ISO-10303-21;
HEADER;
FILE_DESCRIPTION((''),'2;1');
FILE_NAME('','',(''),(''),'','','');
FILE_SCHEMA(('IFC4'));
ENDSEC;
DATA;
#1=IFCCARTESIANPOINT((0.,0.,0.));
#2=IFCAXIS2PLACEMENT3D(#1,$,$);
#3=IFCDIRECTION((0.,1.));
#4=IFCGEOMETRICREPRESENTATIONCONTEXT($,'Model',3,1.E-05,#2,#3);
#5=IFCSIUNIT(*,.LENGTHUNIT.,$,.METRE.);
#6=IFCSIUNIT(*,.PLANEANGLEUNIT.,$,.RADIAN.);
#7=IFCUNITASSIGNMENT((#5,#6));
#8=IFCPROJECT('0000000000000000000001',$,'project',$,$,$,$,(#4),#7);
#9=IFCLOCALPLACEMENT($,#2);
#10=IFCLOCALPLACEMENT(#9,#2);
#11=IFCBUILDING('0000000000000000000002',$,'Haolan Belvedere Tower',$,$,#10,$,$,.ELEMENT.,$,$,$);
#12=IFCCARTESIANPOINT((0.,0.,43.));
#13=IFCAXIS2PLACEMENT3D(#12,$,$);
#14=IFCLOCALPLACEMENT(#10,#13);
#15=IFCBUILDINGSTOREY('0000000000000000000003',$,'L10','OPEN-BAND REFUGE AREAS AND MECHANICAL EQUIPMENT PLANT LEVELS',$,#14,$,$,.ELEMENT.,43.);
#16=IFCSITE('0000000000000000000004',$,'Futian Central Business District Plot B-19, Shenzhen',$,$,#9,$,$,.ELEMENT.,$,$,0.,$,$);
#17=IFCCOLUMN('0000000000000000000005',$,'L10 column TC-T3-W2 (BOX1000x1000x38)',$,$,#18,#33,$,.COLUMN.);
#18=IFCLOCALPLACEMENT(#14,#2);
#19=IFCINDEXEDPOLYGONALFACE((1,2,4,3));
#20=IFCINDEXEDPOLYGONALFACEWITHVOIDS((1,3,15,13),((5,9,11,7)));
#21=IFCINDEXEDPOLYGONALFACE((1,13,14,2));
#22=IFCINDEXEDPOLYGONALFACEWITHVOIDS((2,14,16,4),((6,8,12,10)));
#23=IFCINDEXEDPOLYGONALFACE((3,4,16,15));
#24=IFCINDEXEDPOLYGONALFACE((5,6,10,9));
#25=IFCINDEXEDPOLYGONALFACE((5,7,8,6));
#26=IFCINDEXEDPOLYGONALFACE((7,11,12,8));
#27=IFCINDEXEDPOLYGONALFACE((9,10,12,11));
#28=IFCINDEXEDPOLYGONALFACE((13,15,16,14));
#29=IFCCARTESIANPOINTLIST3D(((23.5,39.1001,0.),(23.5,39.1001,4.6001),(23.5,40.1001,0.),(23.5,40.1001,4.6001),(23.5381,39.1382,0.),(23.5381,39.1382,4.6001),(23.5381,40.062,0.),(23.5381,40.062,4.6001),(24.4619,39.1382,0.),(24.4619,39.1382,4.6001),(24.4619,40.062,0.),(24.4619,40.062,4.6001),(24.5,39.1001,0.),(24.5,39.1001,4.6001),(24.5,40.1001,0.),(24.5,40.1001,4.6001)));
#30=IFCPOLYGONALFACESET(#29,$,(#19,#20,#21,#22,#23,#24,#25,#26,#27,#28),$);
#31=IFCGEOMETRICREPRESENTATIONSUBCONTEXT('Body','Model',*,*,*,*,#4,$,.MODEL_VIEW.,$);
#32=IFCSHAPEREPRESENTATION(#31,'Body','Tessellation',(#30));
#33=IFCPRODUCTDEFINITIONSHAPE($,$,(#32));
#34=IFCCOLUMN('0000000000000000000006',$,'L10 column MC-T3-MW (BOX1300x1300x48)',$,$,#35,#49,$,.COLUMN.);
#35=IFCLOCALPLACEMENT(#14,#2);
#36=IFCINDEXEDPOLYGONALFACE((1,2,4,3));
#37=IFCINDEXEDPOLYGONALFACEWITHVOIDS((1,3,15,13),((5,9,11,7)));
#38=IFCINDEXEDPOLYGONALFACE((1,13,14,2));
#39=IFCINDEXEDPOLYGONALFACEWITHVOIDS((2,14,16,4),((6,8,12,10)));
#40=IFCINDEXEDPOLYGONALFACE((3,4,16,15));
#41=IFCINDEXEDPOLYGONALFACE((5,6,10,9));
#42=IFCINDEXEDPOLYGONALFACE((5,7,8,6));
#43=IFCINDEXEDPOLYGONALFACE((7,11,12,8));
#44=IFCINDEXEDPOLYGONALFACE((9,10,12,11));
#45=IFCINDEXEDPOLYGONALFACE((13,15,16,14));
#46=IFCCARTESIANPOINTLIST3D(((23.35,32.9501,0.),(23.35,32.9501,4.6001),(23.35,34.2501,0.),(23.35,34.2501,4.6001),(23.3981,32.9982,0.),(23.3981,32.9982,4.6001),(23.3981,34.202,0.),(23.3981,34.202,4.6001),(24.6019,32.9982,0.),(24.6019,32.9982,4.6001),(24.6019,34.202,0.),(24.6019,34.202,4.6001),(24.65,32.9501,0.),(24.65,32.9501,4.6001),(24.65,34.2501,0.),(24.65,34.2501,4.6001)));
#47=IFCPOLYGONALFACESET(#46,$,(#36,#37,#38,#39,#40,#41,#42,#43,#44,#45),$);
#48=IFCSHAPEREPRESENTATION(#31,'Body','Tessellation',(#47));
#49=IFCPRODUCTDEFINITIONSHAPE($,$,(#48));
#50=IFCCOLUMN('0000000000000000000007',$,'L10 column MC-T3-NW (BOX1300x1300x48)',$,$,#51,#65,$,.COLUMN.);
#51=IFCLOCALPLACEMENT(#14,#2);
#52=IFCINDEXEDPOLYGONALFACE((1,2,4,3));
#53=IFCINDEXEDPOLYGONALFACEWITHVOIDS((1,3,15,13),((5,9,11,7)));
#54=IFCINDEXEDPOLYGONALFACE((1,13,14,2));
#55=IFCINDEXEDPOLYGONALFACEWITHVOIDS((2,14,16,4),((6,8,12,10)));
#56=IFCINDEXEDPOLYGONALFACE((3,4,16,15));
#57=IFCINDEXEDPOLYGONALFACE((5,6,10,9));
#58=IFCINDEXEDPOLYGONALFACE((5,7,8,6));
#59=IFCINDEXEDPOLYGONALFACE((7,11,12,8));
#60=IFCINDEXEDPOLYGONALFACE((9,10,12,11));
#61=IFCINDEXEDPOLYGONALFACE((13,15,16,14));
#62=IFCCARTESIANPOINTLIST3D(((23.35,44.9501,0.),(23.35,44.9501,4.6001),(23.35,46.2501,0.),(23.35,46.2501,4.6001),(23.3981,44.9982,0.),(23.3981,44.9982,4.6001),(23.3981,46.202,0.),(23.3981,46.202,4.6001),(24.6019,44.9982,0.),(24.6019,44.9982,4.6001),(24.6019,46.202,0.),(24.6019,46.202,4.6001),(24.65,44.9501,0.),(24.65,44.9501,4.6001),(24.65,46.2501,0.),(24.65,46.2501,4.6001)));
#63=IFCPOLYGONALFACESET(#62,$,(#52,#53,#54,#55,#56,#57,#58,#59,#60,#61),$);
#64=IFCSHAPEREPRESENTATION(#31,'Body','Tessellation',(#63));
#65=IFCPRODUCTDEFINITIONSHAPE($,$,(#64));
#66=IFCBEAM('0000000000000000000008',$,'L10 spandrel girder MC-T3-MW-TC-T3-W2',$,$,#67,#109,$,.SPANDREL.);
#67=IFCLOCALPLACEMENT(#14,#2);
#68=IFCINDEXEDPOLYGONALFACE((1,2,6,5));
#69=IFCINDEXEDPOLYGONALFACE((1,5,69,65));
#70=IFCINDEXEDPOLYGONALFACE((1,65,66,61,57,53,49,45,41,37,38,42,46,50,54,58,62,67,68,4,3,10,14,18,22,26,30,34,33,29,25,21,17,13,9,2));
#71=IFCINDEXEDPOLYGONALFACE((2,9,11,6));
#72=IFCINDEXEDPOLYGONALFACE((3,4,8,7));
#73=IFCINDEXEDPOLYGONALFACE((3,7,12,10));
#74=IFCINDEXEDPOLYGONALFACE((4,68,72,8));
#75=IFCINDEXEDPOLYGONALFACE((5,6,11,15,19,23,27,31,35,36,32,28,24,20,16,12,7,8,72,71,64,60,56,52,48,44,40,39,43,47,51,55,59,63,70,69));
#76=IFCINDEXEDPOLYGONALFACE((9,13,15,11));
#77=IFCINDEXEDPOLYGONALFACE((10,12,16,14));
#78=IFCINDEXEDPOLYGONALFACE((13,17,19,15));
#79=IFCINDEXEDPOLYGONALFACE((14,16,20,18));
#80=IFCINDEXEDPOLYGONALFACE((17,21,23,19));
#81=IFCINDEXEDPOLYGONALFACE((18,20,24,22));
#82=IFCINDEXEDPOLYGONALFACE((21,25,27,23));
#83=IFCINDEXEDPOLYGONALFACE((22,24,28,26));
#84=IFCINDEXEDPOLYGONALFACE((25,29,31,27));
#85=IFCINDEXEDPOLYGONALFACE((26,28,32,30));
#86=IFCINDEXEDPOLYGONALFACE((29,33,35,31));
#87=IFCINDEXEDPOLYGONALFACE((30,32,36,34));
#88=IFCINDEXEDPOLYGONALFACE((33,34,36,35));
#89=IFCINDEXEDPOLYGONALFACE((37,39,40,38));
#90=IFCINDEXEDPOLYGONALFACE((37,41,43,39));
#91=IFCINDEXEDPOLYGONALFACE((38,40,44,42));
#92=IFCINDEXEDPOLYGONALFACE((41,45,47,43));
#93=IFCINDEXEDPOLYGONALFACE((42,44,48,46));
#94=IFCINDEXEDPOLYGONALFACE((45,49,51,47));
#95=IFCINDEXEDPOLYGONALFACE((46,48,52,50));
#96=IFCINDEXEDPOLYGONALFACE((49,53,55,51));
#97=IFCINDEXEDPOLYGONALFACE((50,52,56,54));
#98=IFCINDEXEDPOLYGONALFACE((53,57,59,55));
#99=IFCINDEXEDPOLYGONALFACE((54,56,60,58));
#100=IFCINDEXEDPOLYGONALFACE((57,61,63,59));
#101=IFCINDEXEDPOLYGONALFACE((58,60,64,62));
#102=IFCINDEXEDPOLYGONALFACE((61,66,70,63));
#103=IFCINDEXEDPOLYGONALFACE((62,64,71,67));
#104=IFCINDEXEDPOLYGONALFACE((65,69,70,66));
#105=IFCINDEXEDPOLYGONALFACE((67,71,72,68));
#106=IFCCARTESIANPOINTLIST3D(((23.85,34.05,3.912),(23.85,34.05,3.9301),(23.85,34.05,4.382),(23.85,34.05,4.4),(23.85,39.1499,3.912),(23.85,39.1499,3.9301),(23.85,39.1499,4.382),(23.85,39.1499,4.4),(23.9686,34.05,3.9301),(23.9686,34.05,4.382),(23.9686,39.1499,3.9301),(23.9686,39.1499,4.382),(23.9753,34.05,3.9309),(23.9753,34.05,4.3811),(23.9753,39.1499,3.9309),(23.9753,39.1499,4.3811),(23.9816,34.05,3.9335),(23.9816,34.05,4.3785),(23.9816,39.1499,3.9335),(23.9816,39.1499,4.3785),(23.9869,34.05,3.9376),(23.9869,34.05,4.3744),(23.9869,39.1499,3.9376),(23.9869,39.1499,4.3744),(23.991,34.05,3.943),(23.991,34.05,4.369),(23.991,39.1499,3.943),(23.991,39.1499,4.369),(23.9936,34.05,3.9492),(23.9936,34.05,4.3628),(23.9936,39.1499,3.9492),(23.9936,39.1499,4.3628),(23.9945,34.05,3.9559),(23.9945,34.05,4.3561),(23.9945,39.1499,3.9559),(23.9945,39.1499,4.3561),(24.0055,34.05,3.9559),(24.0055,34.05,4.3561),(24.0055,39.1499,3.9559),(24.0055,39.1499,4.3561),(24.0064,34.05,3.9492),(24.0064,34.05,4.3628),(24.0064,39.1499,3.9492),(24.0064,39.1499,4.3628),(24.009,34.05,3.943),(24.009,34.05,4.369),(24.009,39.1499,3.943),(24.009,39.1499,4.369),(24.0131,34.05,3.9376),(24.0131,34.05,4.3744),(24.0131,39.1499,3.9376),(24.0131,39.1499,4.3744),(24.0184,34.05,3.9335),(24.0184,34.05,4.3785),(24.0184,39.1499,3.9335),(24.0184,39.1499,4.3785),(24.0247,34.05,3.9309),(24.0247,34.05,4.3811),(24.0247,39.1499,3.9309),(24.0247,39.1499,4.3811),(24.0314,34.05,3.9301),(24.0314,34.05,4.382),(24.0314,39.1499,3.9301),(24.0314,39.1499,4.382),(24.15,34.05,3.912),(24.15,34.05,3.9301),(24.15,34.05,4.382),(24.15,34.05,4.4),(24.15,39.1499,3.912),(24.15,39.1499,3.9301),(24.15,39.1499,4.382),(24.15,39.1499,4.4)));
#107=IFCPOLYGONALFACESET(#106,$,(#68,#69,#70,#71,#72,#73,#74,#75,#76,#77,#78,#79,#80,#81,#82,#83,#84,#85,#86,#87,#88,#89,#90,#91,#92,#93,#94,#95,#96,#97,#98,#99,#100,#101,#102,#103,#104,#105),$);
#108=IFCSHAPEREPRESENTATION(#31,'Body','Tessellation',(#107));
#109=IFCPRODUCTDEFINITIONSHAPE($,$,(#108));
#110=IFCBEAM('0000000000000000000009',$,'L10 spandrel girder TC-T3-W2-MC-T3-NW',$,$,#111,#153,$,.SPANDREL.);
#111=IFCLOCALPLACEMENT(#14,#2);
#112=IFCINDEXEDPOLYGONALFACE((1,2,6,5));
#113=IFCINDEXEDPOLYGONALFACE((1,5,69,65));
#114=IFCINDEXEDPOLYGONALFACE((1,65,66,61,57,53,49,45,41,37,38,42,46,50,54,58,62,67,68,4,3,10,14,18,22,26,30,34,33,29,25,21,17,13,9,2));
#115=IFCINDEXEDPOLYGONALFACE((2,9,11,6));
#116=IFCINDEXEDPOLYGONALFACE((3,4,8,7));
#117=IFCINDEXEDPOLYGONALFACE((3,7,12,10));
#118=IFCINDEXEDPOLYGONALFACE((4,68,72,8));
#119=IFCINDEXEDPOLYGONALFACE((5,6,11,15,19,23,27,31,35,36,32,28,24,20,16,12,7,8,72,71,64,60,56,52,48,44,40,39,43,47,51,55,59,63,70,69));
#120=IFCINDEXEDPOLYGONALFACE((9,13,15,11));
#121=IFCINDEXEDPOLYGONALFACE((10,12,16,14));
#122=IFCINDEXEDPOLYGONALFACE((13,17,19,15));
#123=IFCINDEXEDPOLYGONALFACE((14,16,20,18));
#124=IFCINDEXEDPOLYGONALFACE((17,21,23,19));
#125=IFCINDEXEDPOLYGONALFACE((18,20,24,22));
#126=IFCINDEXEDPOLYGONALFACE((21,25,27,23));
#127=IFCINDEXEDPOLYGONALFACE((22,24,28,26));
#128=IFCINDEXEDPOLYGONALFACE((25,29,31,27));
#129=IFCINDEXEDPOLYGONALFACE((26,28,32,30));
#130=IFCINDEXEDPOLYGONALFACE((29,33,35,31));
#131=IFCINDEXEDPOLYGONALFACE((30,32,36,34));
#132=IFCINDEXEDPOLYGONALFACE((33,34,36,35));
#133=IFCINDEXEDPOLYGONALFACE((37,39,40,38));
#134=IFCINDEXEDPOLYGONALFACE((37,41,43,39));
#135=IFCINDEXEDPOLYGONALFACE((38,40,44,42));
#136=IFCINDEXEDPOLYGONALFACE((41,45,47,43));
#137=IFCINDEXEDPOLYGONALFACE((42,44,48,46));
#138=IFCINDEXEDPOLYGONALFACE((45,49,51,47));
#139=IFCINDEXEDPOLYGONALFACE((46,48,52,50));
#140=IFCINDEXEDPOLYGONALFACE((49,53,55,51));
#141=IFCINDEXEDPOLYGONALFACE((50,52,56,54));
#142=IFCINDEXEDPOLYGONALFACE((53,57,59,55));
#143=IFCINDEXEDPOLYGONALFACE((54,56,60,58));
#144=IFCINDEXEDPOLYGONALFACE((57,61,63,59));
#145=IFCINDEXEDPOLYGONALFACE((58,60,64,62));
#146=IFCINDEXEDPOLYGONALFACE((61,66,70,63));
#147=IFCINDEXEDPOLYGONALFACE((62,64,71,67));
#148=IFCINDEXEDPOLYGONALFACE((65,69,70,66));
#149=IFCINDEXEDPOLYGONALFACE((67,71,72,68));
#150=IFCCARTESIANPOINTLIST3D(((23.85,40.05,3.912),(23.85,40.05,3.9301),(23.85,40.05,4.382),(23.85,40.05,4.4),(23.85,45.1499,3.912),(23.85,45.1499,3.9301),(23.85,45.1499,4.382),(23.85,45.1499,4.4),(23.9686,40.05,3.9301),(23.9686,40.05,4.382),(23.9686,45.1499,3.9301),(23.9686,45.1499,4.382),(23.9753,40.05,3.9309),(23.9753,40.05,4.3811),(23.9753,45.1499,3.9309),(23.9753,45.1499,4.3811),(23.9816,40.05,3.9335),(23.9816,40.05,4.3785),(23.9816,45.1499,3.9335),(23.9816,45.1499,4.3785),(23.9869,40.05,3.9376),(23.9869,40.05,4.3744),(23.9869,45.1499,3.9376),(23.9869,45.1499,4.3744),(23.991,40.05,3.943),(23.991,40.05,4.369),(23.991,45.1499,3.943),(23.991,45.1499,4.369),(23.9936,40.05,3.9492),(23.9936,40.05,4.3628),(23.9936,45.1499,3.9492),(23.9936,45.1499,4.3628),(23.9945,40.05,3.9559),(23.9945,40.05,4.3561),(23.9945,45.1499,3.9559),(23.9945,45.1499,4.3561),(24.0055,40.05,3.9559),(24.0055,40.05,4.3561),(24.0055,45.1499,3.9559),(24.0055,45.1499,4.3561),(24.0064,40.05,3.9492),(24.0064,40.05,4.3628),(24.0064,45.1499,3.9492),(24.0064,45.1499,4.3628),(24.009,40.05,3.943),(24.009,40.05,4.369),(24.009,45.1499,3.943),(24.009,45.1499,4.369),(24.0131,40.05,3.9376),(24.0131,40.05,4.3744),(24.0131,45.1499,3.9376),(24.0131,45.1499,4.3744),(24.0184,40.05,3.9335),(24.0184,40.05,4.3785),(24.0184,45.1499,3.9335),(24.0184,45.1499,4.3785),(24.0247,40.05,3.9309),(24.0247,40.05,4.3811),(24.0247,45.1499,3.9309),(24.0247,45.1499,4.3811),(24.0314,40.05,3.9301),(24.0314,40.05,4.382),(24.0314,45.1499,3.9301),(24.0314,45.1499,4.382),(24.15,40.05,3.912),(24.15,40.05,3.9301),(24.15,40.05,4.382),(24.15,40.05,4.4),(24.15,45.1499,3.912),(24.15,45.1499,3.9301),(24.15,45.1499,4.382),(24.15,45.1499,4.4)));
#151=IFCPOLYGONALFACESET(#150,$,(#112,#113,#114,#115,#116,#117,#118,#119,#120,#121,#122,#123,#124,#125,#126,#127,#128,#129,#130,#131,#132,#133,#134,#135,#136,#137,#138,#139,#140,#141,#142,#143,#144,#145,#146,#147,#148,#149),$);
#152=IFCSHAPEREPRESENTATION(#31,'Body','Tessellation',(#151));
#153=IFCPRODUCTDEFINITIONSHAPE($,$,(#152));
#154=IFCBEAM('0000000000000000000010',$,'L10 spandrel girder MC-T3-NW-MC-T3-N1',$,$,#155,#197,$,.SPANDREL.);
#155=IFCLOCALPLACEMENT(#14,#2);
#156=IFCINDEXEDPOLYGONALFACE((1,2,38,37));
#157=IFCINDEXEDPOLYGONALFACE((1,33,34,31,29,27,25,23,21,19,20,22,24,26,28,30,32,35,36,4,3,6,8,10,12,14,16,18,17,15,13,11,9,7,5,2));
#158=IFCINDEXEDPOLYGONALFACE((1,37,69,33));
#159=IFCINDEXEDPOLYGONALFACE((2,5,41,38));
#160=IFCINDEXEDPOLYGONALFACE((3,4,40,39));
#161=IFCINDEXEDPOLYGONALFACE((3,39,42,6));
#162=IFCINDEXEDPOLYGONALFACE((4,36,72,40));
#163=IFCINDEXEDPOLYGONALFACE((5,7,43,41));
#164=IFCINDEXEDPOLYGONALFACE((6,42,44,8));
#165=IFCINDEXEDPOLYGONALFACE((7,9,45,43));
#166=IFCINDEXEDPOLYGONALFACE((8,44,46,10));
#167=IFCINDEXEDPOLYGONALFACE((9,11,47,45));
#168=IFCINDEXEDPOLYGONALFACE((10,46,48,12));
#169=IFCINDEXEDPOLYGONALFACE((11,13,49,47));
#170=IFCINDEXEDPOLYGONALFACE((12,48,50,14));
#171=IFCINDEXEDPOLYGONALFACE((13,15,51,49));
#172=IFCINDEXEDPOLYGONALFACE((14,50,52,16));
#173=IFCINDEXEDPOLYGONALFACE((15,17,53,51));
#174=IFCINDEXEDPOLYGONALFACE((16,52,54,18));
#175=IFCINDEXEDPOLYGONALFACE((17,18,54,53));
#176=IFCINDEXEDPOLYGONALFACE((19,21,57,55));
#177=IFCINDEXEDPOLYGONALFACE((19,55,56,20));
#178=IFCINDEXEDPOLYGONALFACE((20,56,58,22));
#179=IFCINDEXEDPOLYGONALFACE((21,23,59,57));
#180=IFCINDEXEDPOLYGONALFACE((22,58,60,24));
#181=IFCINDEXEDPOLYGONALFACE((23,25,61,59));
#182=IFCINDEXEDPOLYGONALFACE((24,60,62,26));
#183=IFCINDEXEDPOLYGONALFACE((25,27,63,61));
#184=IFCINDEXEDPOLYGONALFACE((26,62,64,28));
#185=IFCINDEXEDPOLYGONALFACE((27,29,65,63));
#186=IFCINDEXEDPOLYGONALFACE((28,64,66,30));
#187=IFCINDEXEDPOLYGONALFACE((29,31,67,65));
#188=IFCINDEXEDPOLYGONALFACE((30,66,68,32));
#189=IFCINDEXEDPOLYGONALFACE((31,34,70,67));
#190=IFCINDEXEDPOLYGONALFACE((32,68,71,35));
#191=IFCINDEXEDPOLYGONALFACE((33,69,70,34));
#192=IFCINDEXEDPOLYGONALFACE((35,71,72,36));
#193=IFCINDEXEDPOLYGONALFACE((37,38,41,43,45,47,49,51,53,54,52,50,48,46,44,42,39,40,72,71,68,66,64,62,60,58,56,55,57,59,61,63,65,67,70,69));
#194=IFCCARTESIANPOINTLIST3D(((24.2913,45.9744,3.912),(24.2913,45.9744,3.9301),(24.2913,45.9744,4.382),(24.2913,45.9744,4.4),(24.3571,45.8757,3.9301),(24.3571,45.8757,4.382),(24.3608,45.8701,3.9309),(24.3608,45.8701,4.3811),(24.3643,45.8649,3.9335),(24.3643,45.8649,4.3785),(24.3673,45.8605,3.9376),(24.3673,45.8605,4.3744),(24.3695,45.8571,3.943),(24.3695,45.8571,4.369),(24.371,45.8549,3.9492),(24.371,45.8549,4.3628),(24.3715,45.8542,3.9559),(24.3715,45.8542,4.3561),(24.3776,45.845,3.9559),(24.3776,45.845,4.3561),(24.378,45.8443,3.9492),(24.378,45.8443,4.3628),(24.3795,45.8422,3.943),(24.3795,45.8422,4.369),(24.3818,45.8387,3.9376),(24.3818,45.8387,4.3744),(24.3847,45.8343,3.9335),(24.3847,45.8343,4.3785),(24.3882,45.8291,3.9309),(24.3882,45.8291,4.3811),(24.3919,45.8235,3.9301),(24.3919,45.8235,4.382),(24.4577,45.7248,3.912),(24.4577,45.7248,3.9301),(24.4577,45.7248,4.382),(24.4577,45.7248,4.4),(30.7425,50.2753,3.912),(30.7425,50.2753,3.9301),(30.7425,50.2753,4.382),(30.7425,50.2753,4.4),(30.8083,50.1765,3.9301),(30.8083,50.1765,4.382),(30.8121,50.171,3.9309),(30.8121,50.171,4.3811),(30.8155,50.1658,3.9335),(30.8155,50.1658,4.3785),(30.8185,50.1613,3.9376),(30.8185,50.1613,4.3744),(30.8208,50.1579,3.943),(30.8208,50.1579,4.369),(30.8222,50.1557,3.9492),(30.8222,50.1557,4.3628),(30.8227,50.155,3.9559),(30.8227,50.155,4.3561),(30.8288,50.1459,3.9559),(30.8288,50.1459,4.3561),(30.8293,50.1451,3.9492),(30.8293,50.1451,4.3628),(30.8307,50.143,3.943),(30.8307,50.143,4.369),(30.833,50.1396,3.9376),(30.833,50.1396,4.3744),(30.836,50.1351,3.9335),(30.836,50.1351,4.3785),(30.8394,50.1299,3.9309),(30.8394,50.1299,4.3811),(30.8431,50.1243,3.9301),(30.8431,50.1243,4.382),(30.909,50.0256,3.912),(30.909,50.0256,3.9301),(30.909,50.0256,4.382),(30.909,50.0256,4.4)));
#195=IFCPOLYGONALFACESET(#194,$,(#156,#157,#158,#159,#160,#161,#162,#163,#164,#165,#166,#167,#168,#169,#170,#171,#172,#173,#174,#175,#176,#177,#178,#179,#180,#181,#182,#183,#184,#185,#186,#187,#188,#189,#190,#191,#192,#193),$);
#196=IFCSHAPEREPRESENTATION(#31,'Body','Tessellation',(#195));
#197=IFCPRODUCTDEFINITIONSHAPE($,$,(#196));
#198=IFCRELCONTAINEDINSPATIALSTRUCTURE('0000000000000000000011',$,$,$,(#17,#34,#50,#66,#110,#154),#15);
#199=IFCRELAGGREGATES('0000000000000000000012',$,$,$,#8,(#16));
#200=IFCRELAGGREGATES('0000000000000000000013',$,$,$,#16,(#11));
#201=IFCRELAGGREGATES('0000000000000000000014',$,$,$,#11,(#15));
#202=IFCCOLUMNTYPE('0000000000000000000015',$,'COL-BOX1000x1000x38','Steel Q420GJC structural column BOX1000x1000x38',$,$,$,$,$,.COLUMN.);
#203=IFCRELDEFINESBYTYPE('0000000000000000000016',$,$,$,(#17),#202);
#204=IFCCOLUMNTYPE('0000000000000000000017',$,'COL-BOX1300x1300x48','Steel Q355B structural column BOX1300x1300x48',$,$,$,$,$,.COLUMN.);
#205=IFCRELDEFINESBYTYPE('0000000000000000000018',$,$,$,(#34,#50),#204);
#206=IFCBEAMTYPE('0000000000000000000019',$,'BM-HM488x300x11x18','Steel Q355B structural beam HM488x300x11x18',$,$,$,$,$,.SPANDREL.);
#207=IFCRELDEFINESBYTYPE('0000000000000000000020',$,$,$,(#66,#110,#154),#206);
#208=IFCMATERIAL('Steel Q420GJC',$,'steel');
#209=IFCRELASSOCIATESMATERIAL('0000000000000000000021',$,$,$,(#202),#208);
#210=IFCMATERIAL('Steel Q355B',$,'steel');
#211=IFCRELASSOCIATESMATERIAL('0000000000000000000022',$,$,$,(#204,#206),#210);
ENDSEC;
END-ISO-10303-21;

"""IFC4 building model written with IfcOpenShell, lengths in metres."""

from ifc_helpers import new_model, si_unit, direction, frame, origin, origin_2d, place, context, subcontext, project, spatial, hollow_rectangle, i_section, extrude, material, material_profile, profile_set, type_object, element, save


model = new_model("IFC4")

# Units and contexts
model_context = context("Model", 3, precision=1e-05, world=origin(), true_north=direction((0.0, 1.0)))
body_context = subcontext(model_context, "Body", "Model", "MODEL_VIEW")
ifc_project = project(units=[si_unit("LENGTHUNIT", "METRE"), si_unit("PLANEANGLEUNIT", "RADIAN")], contexts=[model_context])

# Site, building, storey
site_placement = place(None, origin())
site = spatial("IfcSite", under=ifc_project, at=site_placement, Name="Futian Central Business District Plot B-19, Shenzhen", CompositionType="ELEMENT", RefElevation=0.0)
building_placement = place(site_placement, origin())
building = spatial("IfcBuilding", under=site, at=building_placement, Name="Haolan Belvedere Tower", CompositionType="ELEMENT")
storey_placement = place(building_placement, frame((0.0, 0.0, 43.0)))
storey = spatial("IfcBuildingStorey", under=building, at=storey_placement, Name="L10", Description="OPEN-BAND REFUGE AREAS AND MECHANICAL EQUIPMENT PLANT LEVELS", CompositionType="ELEMENT", Elevation=43.0)

# Columns
ifc_material_1 = material(Name="Steel Q420GJC", Category="steel")
ifc_material_profile_1 = material_profile(ifc_material_1, hollow_rectangle(XDim=1.0, YDim=1.0, WallThickness=0.0381, at=origin_2d()), Name="Steel Q420GJC")
ifc_profile_set_1 = profile_set([ifc_material_profile_1], Name="Steel Q420GJC")
column_type_1 = type_object("IfcColumnType", Name="COL-BOX1000x1000x38", Description="Steel Q420GJC structural column BOX1000x1000x38", PredefinedType="COLUMN", material=ifc_profile_set_1)
column_placement = place(storey_placement, frame((24.0, 39.6001, 0.0), z_axis=(0.0, 0.0, 1.0), x_axis=(1.0, 0.0, 0.0)))
element("IfcColumn", 1, at=column_placement, inside=storey, type_object=column_type_1, Name="L10 column TC-T3-W2 (BOX1000x1000x38)", PredefinedType="COLUMN", context=body_context, shape_type="SweptSolid", body=[
    extrude(hollow_rectangle(XDim=1.0, YDim=1.0, WallThickness=0.0381, at=origin_2d()), origin(), (0.0, 0.0, 1.0), 4.6001),
])
ifc_material_2 = material(Name="Steel Q355B", Category="steel")
ifc_material_profile_2 = material_profile(ifc_material_2, hollow_rectangle(XDim=1.3, YDim=1.3, WallThickness=0.0481, at=origin_2d()), Name="Steel Q355B")
ifc_profile_set_2 = profile_set([ifc_material_profile_2], Name="Steel Q355B")
column_type_2 = type_object("IfcColumnType", Name="COL-BOX1300x1300x48", Description="Steel Q355B structural column BOX1300x1300x48", PredefinedType="COLUMN", material=ifc_profile_set_2)
for number, where, z_axis, x_axis, name in (
    (2, (24.0, 33.6001, 0.0), (0.0, 0.0, 1.0), (1.0, 0.0, 0.0), "L10 column MC-T3-MW (BOX1300x1300x48)"),
    (3, (24.0, 45.6001, 0.0), (0.0, 0.0, 1.0), (1.0, 0.0, 0.0), "L10 column MC-T3-NW (BOX1300x1300x48)"),
):
    element("IfcColumn", number, at=place(storey_placement, frame(where, z_axis=z_axis, x_axis=x_axis)), inside=storey, type_object=column_type_2, Name=name, PredefinedType="COLUMN", context=body_context, shape_type="SweptSolid", body=[
        extrude(hollow_rectangle(XDim=1.3, YDim=1.3, WallThickness=0.0481, at=origin_2d()), origin(), (0.0, 0.0, 1.0), 4.6001),
    ])

# Beams
ifc_material_profile_3 = material_profile(ifc_material_2, i_section(OverallWidth=0.3, OverallDepth=0.488, WebThickness=0.011, FlangeThickness=0.0181, FilletRadius=0.0259, at=origin_2d()), Name="Steel Q355B")
ifc_profile_set_3 = profile_set([ifc_material_profile_3], Name="Steel Q355B")
beam_type_1 = type_object("IfcBeamType", Name="BM-HM488x300x11x18", Description="Steel Q355B structural beam HM488x300x11x18", PredefinedType="SPANDREL", material=ifc_profile_set_3)
for number, where, z_axis, x_axis, name in (
    (4, (24.0, 34.05, 4.156), (0.0, 1.0, 0.0), (-1.0, 0.0, 0.0), "L10 spandrel girder MC-T3-MW-TC-T3-W2"),
    (5, (24.0, 40.05, 4.156), (0.0, 1.0, 0.0), (-1.0, 0.0, 0.0), "L10 spandrel girder TC-T3-W2-MC-T3-NW"),
):
    element("IfcBeam", number, at=place(storey_placement, frame(where, z_axis=z_axis, x_axis=x_axis)), inside=storey, type_object=beam_type_1, Name=name, PredefinedType="SPANDREL", context=body_context, shape_type="SweptSolid", body=[
        extrude(i_section(OverallWidth=0.3, OverallDepth=0.488, WebThickness=0.011, FlangeThickness=0.0181, FilletRadius=0.0259, at=origin_2d()), origin(), (0.0, 0.0, 1.0), 5.0999),
    ])
beam_placement = place(storey_placement, frame((24.3745, 45.8496, 4.156), z_axis=(0.83205, 0.5547, 0.0), x_axis=(-0.5547, 0.83205, 0.0)))
element("IfcBeam", 6, at=beam_placement, inside=storey, type_object=beam_type_1, Name="L10 spandrel girder MC-T3-NW-MC-T3-N1", PredefinedType="SPANDREL", context=body_context, shape_type="SweptSolid", body=[
    extrude(i_section(OverallWidth=0.3, OverallDepth=0.488, WebThickness=0.011, FlangeThickness=0.0181, FilletRadius=0.0259, at=origin_2d()), origin(), (0.0, 0.0, 1.0), 7.7534),
])

save(model, "model.ifc")
